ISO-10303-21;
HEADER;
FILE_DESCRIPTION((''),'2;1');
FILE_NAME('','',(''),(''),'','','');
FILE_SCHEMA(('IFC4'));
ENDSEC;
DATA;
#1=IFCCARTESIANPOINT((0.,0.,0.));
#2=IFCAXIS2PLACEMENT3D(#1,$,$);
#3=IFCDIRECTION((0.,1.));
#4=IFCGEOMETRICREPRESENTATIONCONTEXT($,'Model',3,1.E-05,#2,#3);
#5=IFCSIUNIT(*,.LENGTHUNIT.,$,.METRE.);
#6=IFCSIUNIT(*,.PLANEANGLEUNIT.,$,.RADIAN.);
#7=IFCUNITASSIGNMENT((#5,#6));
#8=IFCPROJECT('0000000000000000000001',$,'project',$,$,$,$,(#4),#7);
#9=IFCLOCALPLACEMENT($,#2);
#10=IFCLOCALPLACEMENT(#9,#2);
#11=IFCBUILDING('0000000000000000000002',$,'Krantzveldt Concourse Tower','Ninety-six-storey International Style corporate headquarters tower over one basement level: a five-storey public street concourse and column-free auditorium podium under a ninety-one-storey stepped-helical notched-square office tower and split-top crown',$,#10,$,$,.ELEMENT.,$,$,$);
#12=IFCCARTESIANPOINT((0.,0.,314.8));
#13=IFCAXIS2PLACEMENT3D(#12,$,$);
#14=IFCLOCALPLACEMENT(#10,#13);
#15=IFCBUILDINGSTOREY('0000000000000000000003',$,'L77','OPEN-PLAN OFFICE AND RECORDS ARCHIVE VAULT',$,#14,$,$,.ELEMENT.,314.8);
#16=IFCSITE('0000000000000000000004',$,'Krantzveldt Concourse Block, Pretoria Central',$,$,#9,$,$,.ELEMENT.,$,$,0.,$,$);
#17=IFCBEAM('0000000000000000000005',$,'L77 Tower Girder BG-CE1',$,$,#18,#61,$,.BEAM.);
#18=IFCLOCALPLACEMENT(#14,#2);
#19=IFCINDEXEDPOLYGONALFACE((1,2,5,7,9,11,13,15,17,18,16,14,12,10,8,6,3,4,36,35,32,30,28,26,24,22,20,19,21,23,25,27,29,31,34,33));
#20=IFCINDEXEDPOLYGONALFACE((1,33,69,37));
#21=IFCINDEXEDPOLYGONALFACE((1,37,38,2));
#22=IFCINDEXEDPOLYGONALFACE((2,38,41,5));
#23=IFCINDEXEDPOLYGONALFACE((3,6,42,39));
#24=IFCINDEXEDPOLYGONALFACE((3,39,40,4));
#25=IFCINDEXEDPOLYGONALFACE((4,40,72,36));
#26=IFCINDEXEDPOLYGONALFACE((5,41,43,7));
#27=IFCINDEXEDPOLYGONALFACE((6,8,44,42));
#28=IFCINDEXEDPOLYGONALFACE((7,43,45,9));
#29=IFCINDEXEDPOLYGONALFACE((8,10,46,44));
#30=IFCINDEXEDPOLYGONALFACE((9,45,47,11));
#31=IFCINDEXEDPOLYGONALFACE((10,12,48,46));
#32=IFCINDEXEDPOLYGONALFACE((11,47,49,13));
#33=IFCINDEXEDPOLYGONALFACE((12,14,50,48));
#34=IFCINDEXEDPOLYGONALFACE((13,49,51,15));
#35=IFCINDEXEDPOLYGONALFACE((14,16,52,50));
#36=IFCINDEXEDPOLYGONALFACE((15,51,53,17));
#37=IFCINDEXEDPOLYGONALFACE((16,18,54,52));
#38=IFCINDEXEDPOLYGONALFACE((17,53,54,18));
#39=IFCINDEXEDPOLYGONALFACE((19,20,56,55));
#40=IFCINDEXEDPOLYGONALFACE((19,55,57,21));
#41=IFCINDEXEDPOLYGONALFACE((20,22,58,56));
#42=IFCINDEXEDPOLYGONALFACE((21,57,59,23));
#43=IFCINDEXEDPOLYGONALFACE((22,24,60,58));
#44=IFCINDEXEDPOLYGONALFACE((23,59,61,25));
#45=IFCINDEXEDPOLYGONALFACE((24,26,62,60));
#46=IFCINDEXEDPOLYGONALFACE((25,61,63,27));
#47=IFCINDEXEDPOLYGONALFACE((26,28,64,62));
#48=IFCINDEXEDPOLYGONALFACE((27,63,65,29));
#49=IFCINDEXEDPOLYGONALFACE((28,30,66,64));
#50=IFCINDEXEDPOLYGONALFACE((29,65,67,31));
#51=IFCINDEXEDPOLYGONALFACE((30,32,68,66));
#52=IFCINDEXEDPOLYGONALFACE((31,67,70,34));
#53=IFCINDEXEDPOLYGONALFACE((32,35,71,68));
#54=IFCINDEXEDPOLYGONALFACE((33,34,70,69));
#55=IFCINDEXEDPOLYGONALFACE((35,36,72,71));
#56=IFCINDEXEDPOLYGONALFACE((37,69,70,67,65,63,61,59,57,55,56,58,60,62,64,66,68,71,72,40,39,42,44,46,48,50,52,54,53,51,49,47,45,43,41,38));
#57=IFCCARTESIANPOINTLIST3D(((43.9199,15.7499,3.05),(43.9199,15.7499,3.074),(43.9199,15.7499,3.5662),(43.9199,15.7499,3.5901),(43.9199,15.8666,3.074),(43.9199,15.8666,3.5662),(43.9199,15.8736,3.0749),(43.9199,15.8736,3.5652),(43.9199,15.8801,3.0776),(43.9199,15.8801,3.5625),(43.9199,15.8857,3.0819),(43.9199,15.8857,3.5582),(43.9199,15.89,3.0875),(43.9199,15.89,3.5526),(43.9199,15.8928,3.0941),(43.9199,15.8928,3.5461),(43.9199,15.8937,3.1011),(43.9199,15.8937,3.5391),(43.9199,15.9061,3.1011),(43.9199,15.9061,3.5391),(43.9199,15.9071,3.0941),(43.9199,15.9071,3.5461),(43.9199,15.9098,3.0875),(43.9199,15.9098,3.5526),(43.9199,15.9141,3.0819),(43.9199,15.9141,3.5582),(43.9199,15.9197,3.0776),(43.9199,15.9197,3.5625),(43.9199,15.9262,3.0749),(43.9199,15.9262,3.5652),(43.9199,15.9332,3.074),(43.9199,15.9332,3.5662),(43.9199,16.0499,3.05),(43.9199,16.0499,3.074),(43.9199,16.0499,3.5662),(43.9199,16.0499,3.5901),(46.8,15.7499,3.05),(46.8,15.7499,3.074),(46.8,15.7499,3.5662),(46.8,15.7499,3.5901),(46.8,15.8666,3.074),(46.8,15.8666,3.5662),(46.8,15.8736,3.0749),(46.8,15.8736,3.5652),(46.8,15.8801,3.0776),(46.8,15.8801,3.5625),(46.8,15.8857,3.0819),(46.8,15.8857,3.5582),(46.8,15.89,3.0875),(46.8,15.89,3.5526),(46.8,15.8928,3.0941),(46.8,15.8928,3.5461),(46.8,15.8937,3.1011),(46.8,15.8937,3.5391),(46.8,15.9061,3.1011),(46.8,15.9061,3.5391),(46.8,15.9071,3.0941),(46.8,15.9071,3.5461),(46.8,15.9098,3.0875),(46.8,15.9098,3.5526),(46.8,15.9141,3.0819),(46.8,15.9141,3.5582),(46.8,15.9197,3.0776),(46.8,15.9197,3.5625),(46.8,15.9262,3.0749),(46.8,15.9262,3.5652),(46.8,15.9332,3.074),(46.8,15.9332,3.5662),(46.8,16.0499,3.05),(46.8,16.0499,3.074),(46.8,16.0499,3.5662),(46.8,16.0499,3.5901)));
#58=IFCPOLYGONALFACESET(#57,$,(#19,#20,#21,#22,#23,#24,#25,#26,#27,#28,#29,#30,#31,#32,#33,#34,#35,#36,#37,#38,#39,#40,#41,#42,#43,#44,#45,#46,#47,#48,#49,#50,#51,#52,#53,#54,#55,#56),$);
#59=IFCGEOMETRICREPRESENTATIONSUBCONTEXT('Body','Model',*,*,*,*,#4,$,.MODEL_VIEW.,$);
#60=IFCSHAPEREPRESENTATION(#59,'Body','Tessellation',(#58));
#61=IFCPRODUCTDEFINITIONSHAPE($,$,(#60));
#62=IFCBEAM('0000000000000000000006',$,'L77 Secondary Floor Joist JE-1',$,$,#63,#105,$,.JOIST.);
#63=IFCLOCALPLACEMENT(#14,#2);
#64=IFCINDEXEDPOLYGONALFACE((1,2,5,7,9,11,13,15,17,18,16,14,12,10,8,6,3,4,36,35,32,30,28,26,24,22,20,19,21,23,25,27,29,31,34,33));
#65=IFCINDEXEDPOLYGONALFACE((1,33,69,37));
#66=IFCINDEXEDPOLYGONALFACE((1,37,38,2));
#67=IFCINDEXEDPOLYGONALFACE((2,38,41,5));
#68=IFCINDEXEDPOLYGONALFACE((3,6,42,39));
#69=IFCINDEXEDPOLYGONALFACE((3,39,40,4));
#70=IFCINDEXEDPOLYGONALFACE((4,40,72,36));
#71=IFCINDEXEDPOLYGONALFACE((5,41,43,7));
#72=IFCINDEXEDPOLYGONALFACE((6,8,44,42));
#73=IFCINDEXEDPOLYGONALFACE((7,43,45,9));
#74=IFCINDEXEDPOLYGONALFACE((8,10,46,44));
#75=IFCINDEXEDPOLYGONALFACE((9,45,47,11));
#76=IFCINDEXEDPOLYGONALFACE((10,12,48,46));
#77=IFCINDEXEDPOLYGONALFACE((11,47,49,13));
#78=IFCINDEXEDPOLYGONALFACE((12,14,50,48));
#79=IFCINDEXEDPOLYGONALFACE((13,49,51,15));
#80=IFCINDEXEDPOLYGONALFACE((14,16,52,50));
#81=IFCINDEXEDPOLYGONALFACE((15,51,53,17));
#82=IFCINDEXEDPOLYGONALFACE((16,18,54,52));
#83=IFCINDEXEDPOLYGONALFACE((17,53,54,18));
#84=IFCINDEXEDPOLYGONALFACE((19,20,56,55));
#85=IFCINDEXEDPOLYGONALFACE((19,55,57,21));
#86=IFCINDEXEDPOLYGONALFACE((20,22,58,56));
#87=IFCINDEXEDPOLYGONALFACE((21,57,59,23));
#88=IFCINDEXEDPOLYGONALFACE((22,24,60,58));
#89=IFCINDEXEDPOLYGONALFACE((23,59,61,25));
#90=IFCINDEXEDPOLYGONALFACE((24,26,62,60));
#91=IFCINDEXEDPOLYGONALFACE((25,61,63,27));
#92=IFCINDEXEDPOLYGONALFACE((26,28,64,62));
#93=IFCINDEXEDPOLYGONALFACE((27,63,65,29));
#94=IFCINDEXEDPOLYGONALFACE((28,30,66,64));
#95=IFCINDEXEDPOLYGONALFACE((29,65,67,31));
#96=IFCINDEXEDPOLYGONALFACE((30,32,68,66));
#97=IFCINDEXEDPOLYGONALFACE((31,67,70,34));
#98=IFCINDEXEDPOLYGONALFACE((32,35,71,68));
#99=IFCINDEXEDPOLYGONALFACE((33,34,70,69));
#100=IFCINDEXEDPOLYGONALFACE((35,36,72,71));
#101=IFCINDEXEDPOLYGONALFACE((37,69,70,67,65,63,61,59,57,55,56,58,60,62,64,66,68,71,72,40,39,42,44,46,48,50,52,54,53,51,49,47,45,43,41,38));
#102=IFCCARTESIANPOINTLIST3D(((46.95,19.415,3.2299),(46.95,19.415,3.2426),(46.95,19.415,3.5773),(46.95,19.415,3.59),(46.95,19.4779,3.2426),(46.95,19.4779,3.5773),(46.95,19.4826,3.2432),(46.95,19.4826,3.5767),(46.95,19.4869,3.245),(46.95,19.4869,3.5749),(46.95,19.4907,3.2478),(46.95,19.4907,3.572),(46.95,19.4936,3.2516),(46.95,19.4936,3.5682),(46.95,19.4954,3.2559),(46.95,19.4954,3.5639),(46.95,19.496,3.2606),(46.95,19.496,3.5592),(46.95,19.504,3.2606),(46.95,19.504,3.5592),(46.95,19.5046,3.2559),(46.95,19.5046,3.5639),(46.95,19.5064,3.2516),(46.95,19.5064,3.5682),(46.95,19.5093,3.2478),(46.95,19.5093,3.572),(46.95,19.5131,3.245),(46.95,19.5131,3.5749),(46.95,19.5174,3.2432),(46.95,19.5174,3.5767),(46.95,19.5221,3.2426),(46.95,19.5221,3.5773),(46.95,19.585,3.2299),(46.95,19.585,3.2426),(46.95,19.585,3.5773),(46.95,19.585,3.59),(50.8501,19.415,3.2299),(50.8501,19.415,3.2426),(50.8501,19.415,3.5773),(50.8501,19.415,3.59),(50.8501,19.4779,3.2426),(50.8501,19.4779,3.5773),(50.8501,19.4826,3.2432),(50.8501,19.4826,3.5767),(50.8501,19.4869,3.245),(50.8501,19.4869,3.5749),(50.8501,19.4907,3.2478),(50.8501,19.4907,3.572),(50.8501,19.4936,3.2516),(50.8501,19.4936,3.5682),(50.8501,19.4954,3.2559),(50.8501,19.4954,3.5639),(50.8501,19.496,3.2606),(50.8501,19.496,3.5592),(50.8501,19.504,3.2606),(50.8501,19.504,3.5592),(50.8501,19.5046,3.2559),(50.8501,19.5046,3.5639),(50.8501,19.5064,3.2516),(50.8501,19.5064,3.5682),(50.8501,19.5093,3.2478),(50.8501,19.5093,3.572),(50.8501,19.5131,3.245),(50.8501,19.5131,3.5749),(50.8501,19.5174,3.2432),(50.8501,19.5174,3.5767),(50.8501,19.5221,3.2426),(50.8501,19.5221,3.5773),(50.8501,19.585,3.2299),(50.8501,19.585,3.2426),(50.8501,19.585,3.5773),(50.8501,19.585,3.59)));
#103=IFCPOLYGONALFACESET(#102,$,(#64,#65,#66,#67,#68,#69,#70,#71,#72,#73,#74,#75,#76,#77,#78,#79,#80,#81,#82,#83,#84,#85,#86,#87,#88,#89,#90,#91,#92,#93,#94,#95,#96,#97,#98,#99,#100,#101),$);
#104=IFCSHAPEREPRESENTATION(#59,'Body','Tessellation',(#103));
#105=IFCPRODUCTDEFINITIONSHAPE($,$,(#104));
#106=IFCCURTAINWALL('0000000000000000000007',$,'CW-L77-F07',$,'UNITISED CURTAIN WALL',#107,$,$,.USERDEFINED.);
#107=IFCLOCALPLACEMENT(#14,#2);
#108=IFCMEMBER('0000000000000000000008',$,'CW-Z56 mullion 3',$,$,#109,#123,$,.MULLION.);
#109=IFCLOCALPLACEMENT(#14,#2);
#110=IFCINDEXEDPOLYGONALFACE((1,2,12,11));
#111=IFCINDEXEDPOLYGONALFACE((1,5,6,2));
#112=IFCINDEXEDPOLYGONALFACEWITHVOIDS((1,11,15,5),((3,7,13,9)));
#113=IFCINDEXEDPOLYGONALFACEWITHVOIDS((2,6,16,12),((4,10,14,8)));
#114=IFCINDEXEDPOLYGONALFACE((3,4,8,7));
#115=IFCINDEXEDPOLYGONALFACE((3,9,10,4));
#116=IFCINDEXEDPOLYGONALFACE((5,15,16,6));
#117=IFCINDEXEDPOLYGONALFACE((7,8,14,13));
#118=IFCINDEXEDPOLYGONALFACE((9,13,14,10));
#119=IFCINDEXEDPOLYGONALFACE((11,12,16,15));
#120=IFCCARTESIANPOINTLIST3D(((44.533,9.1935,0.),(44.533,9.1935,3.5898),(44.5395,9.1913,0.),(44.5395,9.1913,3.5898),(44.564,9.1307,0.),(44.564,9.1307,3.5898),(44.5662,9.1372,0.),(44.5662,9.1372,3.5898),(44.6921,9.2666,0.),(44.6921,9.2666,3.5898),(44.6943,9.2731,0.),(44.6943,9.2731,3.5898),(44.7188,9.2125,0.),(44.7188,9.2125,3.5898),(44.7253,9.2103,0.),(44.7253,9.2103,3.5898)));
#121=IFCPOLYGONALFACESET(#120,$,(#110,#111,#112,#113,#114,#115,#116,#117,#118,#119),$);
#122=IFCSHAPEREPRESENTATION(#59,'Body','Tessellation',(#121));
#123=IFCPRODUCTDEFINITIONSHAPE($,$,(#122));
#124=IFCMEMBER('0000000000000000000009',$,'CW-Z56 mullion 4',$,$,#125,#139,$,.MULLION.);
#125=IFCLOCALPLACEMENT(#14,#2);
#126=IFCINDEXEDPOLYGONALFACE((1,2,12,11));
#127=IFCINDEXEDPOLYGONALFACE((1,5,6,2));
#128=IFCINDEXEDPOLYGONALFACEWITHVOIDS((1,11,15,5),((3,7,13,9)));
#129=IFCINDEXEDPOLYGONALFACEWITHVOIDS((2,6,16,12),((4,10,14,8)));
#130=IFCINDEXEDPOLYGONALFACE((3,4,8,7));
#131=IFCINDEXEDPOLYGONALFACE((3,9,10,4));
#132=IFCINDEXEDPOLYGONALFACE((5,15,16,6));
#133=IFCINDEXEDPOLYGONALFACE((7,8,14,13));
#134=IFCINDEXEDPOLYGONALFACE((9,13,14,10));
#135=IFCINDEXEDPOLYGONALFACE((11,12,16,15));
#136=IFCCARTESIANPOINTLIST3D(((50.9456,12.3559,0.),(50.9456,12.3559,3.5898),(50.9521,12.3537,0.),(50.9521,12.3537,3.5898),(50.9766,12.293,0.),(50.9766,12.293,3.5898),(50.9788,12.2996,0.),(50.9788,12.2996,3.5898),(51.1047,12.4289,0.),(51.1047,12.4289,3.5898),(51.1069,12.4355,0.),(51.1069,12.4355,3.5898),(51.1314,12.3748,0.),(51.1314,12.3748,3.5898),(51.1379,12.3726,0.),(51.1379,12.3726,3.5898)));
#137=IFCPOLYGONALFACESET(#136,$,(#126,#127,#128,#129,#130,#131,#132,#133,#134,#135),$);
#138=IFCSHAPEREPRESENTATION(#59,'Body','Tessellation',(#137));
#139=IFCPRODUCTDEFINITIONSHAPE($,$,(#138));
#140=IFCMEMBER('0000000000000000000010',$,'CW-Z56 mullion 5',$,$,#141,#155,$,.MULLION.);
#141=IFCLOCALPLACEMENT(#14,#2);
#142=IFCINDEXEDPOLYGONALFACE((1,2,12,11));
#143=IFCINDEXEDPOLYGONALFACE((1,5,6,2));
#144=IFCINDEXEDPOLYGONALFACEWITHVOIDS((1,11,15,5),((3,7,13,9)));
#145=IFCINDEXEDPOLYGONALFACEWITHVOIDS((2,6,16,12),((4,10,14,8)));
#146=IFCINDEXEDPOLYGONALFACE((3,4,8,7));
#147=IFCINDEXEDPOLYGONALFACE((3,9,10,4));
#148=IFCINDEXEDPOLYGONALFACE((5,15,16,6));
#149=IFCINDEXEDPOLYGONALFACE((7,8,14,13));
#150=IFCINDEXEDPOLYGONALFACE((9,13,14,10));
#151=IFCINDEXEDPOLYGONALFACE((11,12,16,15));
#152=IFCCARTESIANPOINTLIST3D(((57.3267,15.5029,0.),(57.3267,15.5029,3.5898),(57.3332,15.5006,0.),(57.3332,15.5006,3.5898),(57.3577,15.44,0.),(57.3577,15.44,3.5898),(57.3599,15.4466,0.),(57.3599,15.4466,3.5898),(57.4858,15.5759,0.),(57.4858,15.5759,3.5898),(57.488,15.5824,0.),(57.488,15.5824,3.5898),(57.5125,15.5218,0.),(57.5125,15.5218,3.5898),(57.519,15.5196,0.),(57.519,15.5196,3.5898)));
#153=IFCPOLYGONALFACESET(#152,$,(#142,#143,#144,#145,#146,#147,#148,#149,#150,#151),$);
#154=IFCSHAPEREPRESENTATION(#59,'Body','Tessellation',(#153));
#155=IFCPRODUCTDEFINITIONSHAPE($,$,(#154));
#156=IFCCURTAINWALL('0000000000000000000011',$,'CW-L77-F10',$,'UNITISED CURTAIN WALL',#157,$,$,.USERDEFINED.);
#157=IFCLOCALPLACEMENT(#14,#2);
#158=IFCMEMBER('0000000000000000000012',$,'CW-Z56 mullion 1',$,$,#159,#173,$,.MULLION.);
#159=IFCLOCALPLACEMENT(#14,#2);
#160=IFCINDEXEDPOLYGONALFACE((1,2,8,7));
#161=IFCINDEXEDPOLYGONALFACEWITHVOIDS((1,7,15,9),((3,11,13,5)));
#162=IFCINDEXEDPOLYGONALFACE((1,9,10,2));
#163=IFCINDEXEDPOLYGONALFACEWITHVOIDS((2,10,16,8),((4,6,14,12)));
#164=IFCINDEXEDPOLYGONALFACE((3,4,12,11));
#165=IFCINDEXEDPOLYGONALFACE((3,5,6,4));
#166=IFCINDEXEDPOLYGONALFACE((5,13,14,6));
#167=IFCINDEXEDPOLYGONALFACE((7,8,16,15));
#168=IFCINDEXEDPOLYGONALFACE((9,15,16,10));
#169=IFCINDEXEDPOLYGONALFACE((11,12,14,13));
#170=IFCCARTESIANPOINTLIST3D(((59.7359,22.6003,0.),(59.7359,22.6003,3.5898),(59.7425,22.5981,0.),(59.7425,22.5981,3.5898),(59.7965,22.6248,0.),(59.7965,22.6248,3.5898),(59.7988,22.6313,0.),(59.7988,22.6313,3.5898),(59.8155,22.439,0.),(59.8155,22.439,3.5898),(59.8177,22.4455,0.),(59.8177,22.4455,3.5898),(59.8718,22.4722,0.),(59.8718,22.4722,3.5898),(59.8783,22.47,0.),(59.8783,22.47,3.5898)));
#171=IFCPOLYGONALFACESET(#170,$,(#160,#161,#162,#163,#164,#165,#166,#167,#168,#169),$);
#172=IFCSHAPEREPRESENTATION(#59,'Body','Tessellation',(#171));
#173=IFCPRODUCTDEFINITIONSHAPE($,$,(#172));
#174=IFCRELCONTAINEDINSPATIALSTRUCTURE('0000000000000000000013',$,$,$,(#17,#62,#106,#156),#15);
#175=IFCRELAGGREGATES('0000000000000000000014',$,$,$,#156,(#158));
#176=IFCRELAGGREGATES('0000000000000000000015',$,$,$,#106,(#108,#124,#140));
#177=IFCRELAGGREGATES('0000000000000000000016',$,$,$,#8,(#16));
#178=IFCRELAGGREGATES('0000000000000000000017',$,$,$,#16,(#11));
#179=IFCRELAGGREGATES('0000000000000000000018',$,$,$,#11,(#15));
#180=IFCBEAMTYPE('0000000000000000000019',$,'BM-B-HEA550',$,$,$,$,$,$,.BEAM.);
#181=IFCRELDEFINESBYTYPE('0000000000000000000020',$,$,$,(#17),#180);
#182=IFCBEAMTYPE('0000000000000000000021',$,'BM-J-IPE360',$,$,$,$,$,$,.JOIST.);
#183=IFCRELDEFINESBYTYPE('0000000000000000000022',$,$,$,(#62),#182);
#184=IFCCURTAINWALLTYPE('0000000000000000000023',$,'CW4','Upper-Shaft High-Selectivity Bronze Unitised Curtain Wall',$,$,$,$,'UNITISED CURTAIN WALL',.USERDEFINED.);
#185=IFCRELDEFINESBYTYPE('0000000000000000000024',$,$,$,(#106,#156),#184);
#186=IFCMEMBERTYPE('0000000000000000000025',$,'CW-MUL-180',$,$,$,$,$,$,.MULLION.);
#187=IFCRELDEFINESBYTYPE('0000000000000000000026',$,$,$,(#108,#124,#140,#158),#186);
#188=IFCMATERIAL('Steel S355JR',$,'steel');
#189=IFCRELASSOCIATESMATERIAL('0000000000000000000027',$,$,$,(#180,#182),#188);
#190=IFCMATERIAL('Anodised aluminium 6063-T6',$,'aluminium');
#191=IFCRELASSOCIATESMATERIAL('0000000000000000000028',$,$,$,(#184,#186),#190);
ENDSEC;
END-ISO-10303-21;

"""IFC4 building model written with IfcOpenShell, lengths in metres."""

from ifc_helpers import new_model, si_unit, direction, frame, origin, origin_2d, place, context, subcontext, project, spatial, hollow_rectangle, i_section, extrude, source, transform, mapped, material, material_profile, profile_set, type_object, type_shapes, element, aggregate, save


model = new_model("IFC4")

# Units and contexts
model_context = context("Model", 3, precision=1e-05, world=origin(), true_north=direction((0.0, 1.0)))
body_context = subcontext(model_context, "Body", "Model", "MODEL_VIEW")
ifc_project = project(units=[si_unit("LENGTHUNIT", "METRE"), si_unit("PLANEANGLEUNIT", "RADIAN")], contexts=[model_context])

# Site, building, storey
site_placement = place(None, origin())
site = spatial("IfcSite", under=ifc_project, at=site_placement, Name="Krantzveldt Concourse Block, Pretoria Central", CompositionType="ELEMENT", RefElevation=0.0)
building_placement = place(site_placement, origin())
building = spatial("IfcBuilding", under=site, at=building_placement, Name="Krantzveldt Concourse Tower", Description="Ninety-six-storey International Style corporate headquarters tower over one basement level: a five-storey public street concourse and column-free auditorium podium under a ninety-one-storey stepped-helical notched-square office tower and split-top crown", CompositionType="ELEMENT")
storey_placement = place(building_placement, frame((0.0, 0.0, 314.8)))
storey = spatial("IfcBuildingStorey", under=building, at=storey_placement, Name="L77", Description="OPEN-PLAN OFFICE AND RECORDS ARCHIVE VAULT", CompositionType="ELEMENT", Elevation=314.8)

# Beams
ifc_material_1 = material(Name="Steel S355JR", Category="steel")
ifc_material_profile_1 = material_profile(ifc_material_1, i_section(OverallWidth=0.3, OverallDepth=0.54, WebThickness=0.0125, FlangeThickness=0.0239, FilletRadius=0.0271, at=origin_2d()), Name="Steel S355JR", Category="steel")
ifc_profile_set_1 = profile_set([ifc_material_profile_1], Name="Steel S355JR - HEA 550")
beam_type_1 = type_object("IfcBeamType", Name="BM-B-HEA550", PredefinedType="BEAM", material=ifc_profile_set_1)
shared_shape_1 = source(origin(), body_context, "Body", "SweptSolid", [
    extrude(i_section(OverallWidth=0.3, OverallDepth=0.54, WebThickness=0.0125, FlangeThickness=0.0239, FilletRadius=0.0271, at=origin_2d()), origin(), (0.0, 0.0, 1.0), 2.8801),
])
beam_1_placement = place(storey_placement, frame((43.9199, 15.8999, 3.3201), z_axis=(1.0, 0.0, 0.0), x_axis=(0.0, 1.0, 0.0)))
element("IfcBeam", 1, at=beam_1_placement, inside=storey, type_object=beam_type_1, Name="L77 Tower Girder BG-CE1", PredefinedType="BEAM", context=body_context, shape_type="MappedRepresentation", body=[
    mapped(shared_shape_1, transform((0.0, 0.0, 0.0), x_axis=(1.0, 0.0, 0.0), y_axis=(0.0, 1.0, 0.0), z_axis=(0.0, 0.0, 1.0), scale=1.0)),
])
ifc_material_profile_2 = material_profile(ifc_material_1, i_section(OverallWidth=0.1699, OverallDepth=0.3601, WebThickness=0.0081, FlangeThickness=0.0127, FilletRadius=0.0181, at=origin_2d()), Name="Steel S355JR", Category="steel")
ifc_profile_set_2 = profile_set([ifc_material_profile_2], Name="Steel S355JR - IPE 360")
beam_type_2 = type_object("IfcBeamType", Name="BM-J-IPE360", PredefinedType="JOIST", material=ifc_profile_set_2)
shared_shape_2 = source(origin(), body_context, "Body", "SweptSolid", [
    extrude(i_section(OverallWidth=0.1699, OverallDepth=0.3601, WebThickness=0.0081, FlangeThickness=0.0127, FilletRadius=0.0181, at=origin_2d()), origin(), (0.0, 0.0, 1.0), 3.9001),
])
type_shapes(beam_type_2, [shared_shape_2])
beam_2_placement = place(storey_placement, frame((46.95, 19.5, 3.4099), z_axis=(1.0, 0.0, 0.0), x_axis=(0.0, 1.0, 0.0)))
element("IfcBeam", 2, at=beam_2_placement, inside=storey, type_object=beam_type_2, Name="L77 Secondary Floor Joist JE-1", PredefinedType="JOIST", context=body_context, shape_type="MappedRepresentation", body=[
    mapped(shared_shape_2, transform((0.0, 0.0, 0.0), x_axis=(1.0, 0.0, 0.0), y_axis=(0.0, 1.0, 0.0), z_axis=(0.0, 0.0, 1.0), scale=1.0)),
])

# Curtain walls, members
ifc_material_2 = material(Name="Anodised aluminium 6063-T6", Category="aluminium")
curtain_wall_type = type_object("IfcCurtainWallType", Name="CW4", Description="Upper-Shaft High-Selectivity Bronze Unitised Curtain Wall", ElementType="UNITISED CURTAIN WALL", PredefinedType="USERDEFINED", material=ifc_material_2)
curtain_wall_1_placement = place(storey_placement, origin())
curtain_wall_1 = element("IfcCurtainWall", 3, at=curtain_wall_1_placement, inside=storey, type_object=curtain_wall_type, Name="CW-L77-F07", ObjectType="UNITISED CURTAIN WALL", PredefinedType="USERDEFINED")
ifc_material_profile_3 = material_profile(ifc_material_2, hollow_rectangle(XDim=0.0701, YDim=0.1799, WallThickness=0.0049, at=origin_2d()), Name="Anodised aluminium 6063-T6", Category="aluminium")
ifc_profile_set_3 = profile_set([ifc_material_profile_3], Name="Anodised aluminium 6063-T6 - ALU-MULL 180x70x5")
member_type_1 = type_object("IfcMemberType", Name="CW-MUL-180", PredefinedType="MULLION", material=ifc_profile_set_3)
shared_shape_3 = source(origin(), body_context, "Body", "SweptSolid", [
    extrude(hollow_rectangle(XDim=0.0701, YDim=0.1799, WallThickness=0.0049, at=origin_2d()), origin(), (0.0, 0.0, 1.0), 3.5898),
])
type_shapes(member_type_1, [shared_shape_3])
member_1_placement = place(storey_placement, frame((44.6292, 9.2019, 0.0), z_axis=(0.0, 0.0, 1.0), x_axis=(-0.442289, 0.896873, 0.0)))
member_1 = element("IfcMember", 4, at=member_1_placement, type_object=member_type_1, Name="CW-Z56 mullion 3", PredefinedType="MULLION", context=body_context, shape_type="MappedRepresentation", body=[
    mapped(shared_shape_3, transform((0.0, 0.0, 0.0), x_axis=(1.0, 0.0, 0.0), y_axis=(0.0, 1.0, 0.0), z_axis=(0.0, 0.0, 1.0), scale=1.0)),
])
member_2_placement = place(storey_placement, frame((51.0417, 12.3643, 0.0), z_axis=(0.0, 0.0, 1.0), x_axis=(-0.442289, 0.896873, 0.0)))
member_2 = element("IfcMember", 5, at=member_2_placement, type_object=member_type_1, Name="CW-Z56 mullion 4", PredefinedType="MULLION", context=body_context, shape_type="MappedRepresentation", body=[
    mapped(shared_shape_3, transform((0.0, 0.0, 0.0), x_axis=(1.0, 0.0, 0.0), y_axis=(0.0, 1.0, 0.0), z_axis=(0.0, 0.0, 1.0), scale=1.0)),
])
member_3_placement = place(storey_placement, frame((57.4229, 15.5112, 0.0), z_axis=(0.0, 0.0, 1.0), x_axis=(-0.442289, 0.896873, 0.0)))
member_3 = element("IfcMember", 6, at=member_3_placement, type_object=member_type_1, Name="CW-Z56 mullion 5", PredefinedType="MULLION", context=body_context, shape_type="MappedRepresentation", body=[
    mapped(shared_shape_3, transform((0.0, 0.0, 0.0), x_axis=(1.0, 0.0, 0.0), y_axis=(0.0, 1.0, 0.0), z_axis=(0.0, 0.0, 1.0), scale=1.0)),
])
curtain_wall_2_placement = place(storey_placement, origin())
curtain_wall_2 = element("IfcCurtainWall", 7, at=curtain_wall_2_placement, inside=storey, type_object=curtain_wall_type, Name="CW-L77-F10", ObjectType="UNITISED CURTAIN WALL", PredefinedType="USERDEFINED")
member_4_placement = place(storey_placement, frame((59.8071, 22.5352, 0.0), z_axis=(0.0, 0.0, 1.0), x_axis=(-0.896873, -0.442289, 0.0)))
member_4 = element("IfcMember", 8, at=member_4_placement, type_object=member_type_1, Name="CW-Z56 mullion 1", PredefinedType="MULLION", context=body_context, shape_type="MappedRepresentation", body=[
    mapped(shared_shape_3, transform((0.0, 0.0, 0.0), x_axis=(1.0, 0.0, 0.0), y_axis=(0.0, 1.0, 0.0), z_axis=(0.0, 0.0, 1.0), scale=1.0)),
])
aggregate(curtain_wall_2, [member_4])

aggregate(curtain_wall_1, [member_1, member_2, member_3])

save(model, "model.ifc")
